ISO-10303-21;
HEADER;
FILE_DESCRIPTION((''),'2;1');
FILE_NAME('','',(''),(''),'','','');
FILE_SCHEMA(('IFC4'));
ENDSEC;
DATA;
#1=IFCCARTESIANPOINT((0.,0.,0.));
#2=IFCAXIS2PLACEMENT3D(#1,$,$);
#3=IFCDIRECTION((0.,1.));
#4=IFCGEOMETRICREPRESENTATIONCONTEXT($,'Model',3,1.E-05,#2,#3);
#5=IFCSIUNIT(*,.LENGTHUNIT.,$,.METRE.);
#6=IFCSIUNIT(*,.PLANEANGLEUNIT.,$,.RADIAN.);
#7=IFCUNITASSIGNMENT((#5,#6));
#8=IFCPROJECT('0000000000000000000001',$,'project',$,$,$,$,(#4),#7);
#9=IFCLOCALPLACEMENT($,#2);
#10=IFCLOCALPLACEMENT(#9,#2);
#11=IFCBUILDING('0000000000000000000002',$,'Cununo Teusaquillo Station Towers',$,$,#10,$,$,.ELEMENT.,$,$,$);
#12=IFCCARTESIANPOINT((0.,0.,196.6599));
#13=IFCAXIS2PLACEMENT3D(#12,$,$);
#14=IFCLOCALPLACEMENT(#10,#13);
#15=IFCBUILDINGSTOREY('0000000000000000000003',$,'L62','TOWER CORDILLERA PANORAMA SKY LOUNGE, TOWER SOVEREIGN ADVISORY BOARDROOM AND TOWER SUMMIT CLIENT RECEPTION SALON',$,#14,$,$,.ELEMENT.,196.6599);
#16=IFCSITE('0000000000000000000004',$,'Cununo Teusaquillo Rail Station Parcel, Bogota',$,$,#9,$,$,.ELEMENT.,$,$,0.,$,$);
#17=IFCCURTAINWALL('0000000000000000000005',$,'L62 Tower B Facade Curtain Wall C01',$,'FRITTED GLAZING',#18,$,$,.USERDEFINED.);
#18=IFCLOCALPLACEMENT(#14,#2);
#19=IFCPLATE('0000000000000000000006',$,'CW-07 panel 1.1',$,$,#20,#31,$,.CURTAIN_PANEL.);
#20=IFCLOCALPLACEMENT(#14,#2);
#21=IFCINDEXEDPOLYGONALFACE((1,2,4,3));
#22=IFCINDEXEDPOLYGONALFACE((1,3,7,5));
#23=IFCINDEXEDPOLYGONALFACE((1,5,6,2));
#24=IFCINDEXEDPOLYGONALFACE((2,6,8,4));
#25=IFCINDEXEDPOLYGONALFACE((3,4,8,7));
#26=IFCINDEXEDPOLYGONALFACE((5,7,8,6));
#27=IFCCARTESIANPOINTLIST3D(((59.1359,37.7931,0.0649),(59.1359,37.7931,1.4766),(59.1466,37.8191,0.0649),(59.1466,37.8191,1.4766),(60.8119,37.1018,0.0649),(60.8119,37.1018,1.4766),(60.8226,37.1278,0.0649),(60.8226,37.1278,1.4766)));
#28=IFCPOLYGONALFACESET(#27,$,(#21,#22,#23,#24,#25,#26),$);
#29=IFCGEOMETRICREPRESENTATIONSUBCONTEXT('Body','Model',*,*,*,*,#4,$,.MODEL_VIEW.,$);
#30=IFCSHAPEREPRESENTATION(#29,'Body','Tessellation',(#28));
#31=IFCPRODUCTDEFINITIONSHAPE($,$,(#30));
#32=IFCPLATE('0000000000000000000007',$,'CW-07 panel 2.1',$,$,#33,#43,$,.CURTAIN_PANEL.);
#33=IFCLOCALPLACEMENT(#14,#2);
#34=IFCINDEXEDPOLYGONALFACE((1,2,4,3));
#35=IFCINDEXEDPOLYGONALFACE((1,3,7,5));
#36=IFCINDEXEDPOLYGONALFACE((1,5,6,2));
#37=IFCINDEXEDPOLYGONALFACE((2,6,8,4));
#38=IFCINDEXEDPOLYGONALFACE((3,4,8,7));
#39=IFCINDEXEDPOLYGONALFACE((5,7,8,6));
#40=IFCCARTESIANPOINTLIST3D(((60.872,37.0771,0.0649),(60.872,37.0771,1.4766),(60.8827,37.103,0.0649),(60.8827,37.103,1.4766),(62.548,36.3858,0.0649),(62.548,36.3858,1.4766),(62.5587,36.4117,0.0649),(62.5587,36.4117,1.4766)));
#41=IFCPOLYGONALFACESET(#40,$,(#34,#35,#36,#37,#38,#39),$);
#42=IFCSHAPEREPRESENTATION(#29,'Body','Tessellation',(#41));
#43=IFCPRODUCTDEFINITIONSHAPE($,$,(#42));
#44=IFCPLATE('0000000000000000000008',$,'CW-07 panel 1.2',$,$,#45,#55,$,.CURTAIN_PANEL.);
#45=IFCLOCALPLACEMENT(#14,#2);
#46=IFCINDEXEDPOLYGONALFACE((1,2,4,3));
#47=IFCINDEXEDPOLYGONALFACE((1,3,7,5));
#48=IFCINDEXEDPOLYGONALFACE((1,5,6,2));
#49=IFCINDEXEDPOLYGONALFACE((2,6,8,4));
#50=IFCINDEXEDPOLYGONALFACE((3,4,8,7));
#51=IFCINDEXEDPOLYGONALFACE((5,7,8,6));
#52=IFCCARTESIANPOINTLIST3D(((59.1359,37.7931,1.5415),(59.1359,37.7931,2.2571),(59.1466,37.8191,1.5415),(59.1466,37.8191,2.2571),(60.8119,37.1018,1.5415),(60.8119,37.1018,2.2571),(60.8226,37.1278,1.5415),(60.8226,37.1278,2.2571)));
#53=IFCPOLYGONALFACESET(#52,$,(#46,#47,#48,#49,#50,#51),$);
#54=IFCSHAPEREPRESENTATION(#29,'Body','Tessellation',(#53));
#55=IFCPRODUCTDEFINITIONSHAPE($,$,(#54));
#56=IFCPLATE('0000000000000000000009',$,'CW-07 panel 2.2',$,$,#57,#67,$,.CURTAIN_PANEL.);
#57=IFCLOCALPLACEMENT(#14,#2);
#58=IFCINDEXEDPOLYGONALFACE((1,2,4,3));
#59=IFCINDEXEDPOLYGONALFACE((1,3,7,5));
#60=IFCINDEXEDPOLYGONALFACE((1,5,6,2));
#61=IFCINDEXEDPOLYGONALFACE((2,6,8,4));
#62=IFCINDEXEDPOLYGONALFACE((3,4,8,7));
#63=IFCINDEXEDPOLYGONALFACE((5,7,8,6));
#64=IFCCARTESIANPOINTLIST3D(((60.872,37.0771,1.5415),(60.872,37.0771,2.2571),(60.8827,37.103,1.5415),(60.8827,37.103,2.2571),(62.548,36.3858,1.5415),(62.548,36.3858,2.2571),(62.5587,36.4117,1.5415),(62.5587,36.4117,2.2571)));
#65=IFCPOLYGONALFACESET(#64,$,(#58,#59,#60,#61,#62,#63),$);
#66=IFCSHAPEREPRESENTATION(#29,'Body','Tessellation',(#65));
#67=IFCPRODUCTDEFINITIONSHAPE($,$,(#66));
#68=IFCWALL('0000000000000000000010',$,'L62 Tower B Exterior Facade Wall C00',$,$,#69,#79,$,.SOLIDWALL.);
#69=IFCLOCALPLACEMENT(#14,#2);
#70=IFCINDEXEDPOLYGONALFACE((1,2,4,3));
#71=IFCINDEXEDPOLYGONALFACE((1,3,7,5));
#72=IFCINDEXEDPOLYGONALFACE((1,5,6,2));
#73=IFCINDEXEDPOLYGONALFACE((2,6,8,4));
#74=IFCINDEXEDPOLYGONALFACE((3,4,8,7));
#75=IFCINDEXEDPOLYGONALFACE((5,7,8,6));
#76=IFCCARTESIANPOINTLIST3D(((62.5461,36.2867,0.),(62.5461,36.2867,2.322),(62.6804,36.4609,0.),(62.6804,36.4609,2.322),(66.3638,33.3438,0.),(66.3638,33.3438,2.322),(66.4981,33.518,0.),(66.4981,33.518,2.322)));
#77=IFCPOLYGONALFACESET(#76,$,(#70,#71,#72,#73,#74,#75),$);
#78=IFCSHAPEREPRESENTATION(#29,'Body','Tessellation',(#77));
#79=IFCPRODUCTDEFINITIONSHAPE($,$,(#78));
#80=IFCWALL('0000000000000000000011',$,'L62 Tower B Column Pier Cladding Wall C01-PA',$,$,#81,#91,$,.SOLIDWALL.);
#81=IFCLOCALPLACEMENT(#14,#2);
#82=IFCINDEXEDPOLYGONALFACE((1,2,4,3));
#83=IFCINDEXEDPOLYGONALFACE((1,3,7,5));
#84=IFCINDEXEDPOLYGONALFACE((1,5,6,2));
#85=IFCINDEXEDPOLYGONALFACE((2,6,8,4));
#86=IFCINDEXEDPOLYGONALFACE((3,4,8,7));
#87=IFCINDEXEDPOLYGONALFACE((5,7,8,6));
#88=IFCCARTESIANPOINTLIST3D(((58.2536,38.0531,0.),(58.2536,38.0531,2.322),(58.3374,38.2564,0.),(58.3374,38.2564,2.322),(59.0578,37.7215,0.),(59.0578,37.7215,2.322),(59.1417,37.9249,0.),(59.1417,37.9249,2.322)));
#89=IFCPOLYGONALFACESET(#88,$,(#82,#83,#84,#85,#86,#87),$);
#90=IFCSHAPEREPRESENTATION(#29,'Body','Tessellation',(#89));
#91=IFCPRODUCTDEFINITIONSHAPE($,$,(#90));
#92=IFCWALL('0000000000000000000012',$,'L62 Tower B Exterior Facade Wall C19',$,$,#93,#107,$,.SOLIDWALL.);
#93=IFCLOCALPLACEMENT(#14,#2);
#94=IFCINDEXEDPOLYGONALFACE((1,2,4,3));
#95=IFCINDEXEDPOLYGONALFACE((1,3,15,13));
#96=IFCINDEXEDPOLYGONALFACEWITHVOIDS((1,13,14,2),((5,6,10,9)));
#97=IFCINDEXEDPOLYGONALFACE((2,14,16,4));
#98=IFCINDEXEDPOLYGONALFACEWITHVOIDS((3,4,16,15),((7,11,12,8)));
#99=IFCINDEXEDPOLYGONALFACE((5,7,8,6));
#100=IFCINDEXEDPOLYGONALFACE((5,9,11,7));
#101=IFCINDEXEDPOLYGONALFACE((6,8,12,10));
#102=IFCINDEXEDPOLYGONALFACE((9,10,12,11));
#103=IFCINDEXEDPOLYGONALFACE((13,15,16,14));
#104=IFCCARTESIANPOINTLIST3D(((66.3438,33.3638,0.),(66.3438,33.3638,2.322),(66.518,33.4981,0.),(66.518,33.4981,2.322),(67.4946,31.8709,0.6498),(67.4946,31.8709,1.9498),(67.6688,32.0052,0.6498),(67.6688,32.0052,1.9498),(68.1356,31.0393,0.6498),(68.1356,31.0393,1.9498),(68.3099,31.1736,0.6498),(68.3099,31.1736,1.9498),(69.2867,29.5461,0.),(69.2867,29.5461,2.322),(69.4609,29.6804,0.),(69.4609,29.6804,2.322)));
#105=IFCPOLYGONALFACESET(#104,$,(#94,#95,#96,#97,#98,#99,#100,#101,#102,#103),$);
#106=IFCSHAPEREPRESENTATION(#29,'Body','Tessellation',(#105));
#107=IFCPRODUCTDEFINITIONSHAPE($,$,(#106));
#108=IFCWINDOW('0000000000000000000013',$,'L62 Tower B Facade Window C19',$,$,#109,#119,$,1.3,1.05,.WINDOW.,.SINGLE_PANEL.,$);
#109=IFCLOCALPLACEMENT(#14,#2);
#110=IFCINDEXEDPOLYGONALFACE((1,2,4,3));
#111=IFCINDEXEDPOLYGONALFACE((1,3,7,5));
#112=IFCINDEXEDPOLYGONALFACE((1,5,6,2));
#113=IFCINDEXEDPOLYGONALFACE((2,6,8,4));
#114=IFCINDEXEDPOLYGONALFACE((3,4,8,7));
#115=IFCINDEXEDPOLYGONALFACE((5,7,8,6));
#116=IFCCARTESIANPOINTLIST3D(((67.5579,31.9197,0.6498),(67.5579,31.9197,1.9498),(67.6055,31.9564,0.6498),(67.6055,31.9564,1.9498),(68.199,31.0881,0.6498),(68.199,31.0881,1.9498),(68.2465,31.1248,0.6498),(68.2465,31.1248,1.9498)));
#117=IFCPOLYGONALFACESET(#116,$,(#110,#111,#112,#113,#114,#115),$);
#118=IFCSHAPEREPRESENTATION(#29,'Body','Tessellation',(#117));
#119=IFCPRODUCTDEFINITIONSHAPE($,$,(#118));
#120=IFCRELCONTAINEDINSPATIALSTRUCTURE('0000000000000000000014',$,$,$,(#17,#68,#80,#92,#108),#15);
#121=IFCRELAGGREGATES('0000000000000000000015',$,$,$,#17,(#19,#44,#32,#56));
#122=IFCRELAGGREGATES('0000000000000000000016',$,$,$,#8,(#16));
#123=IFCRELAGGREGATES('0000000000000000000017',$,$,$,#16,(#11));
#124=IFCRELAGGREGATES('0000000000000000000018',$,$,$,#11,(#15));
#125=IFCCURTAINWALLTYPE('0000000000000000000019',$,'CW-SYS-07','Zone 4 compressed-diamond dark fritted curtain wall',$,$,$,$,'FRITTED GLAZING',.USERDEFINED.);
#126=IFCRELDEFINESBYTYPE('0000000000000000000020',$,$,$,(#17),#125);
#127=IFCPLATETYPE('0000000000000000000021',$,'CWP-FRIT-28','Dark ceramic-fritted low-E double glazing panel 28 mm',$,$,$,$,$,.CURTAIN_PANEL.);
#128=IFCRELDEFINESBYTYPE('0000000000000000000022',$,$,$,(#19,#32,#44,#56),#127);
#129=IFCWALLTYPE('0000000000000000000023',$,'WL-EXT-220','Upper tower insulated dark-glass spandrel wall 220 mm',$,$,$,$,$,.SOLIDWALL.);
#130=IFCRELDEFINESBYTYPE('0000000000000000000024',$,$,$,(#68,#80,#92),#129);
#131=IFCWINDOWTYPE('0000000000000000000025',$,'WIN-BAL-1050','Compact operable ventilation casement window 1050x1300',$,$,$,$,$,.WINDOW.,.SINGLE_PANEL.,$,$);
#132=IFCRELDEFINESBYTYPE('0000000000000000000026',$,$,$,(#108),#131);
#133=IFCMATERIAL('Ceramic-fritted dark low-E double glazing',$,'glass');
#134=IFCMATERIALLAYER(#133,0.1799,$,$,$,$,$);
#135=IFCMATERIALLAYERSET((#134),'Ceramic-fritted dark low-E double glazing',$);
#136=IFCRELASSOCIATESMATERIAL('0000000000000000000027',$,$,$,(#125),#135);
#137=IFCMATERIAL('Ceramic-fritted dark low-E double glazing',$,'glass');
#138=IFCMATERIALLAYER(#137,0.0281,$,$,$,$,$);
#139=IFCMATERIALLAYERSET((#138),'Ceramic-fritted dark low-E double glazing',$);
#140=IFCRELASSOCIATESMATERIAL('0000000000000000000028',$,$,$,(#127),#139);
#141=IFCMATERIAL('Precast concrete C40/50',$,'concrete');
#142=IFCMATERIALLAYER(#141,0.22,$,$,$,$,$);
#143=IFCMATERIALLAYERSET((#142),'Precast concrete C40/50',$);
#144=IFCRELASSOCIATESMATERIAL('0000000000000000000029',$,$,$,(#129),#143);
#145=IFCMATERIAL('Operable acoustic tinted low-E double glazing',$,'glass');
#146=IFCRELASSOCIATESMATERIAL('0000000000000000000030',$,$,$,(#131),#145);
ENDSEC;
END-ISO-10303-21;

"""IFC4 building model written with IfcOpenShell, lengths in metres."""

from ifc_helpers import new_model, si_unit, direction, frame, frame_2d, origin, origin_2d, place, context, subcontext, project, spatial, rectangle, extrude, source, transform, mapped, material, layer, layer_set, type_object, element, fill, aggregate, save


model = new_model("IFC4")

# Units and contexts
model_context = context("Model", 3, precision=1e-05, world=origin(), true_north=direction((0.0, 1.0)))
body_context = subcontext(model_context, "Body", "Model", "MODEL_VIEW")
ifc_project = project(units=[si_unit("LENGTHUNIT", "METRE"), si_unit("PLANEANGLEUNIT", "RADIAN")], contexts=[model_context])

# Site, building, storey
site_placement = place(None, origin())
site = spatial("IfcSite", under=ifc_project, at=site_placement, Name="Cununo Teusaquillo Rail Station Parcel, Bogota", CompositionType="ELEMENT", RefElevation=0.0)
building_placement = place(site_placement, origin())
building = spatial("IfcBuilding", under=site, at=building_placement, Name="Cununo Teusaquillo Station Towers", CompositionType="ELEMENT")
storey_placement = place(building_placement, frame((0.0, 0.0, 196.6599)))
storey = spatial("IfcBuildingStorey", under=building, at=storey_placement, Name="L62", Description="TOWER CORDILLERA PANORAMA SKY LOUNGE, TOWER SOVEREIGN ADVISORY BOARDROOM AND TOWER SUMMIT CLIENT RECEPTION SALON", CompositionType="ELEMENT", Elevation=196.6599)

# Curtain wall
ifc_material_1 = material(Name="Ceramic-fritted dark low-E double glazing", Category="glass")
ifc_layer_1 = layer(ifc_material_1, 0.1799)
ifc_layer_set_1 = layer_set([ifc_layer_1], Name="Ceramic-fritted dark low-E double glazing")
curtain_wall_type = type_object("IfcCurtainWallType", Name="CW-SYS-07", Description="Zone 4 compressed-diamond dark fritted curtain wall", ElementType="FRITTED GLAZING", PredefinedType="USERDEFINED", material=ifc_layer_set_1)
curtain_wall_placement = place(storey_placement, origin())
curtain_wall = element("IfcCurtainWall", 1, at=curtain_wall_placement, inside=storey, type_object=curtain_wall_type, Name="L62 Tower B Facade Curtain Wall C01", ObjectType="FRITTED GLAZING", PredefinedType="USERDEFINED")

# Plates
ifc_material_2 = material(Name="Ceramic-fritted dark low-E double glazing", Category="glass")
ifc_layer_2 = layer(ifc_material_2, 0.0281)
ifc_layer_set_2 = layer_set([ifc_layer_2], Name="Ceramic-fritted dark low-E double glazing")
plate_type_1 = type_object("IfcPlateType", Name="CWP-FRIT-28", Description="Dark ceramic-fritted low-E double glazing panel 28 mm", PredefinedType="CURTAIN_PANEL", material=ifc_layer_set_2)
shared_shape_1 = source(origin(), body_context, "Body", "SweptSolid", [
    extrude(rectangle(XDim=1.813, YDim=0.0281, at=origin_2d()), origin(), (0.0, 0.0, 1.0), 1.4116),
])
plate_1_placement = place(storey_placement, frame((59.9792, 37.4604, 0.0649), z_axis=(0.0, 0.0, 1.0), x_axis=(0.924447, -0.381311, 0.0)))
plate_1 = element("IfcPlate", 2, at=plate_1_placement, type_object=plate_type_1, Name="CW-07 panel 1.1", PredefinedType="CURTAIN_PANEL", context=body_context, shape_type="MappedRepresentation", body=[
    mapped(shared_shape_1, transform((0.0, 0.0, 0.0), x_axis=(1.0, 0.0, 0.0), y_axis=(0.0, 1.0, 0.0), z_axis=(0.0, 0.0, 1.0), scale=1.0)),
])
plate_2_placement = place(storey_placement, frame((61.7153, 36.7444, 0.0649), z_axis=(0.0, 0.0, 1.0), x_axis=(0.924447, -0.381311, 0.0)))
plate_2 = element("IfcPlate", 3, at=plate_2_placement, type_object=plate_type_1, Name="CW-07 panel 2.1", PredefinedType="CURTAIN_PANEL", context=body_context, shape_type="MappedRepresentation", body=[
    mapped(shared_shape_1, transform((0.0, 0.0, 0.0), x_axis=(1.0, 0.0, 0.0), y_axis=(0.0, 1.0, 0.0), z_axis=(0.0, 0.0, 1.0), scale=1.0)),
])
shared_shape_2 = source(origin(), body_context, "Body", "SweptSolid", [
    extrude(rectangle(XDim=1.813, YDim=0.0281, at=origin_2d()), origin(), (0.0, 0.0, 1.0), 0.7156),
])
plate_3_placement = place(storey_placement, frame((59.9792, 37.4604, 1.5415), z_axis=(0.0, 0.0, 1.0), x_axis=(0.924447, -0.381311, 0.0)))
plate_3 = element("IfcPlate", 4, at=plate_3_placement, type_object=plate_type_1, Name="CW-07 panel 1.2", PredefinedType="CURTAIN_PANEL", context=body_context, shape_type="MappedRepresentation", body=[
    mapped(shared_shape_2, transform((0.0, 0.0, 0.0), x_axis=(1.0, 0.0, 0.0), y_axis=(0.0, 1.0, 0.0), z_axis=(0.0, 0.0, 1.0), scale=1.0)),
])
plate_4_placement = place(storey_placement, frame((61.7153, 36.7444, 1.5415), z_axis=(0.0, 0.0, 1.0), x_axis=(0.924447, -0.381311, 0.0)))
plate_4 = element("IfcPlate", 5, at=plate_4_placement, type_object=plate_type_1, Name="CW-07 panel 2.2", PredefinedType="CURTAIN_PANEL", context=body_context, shape_type="MappedRepresentation", body=[
    mapped(shared_shape_2, transform((0.0, 0.0, 0.0), x_axis=(1.0, 0.0, 0.0), y_axis=(0.0, 1.0, 0.0), z_axis=(0.0, 0.0, 1.0), scale=1.0)),
])
aggregate(curtain_wall, [plate_1, plate_3, plate_2, plate_4])

# Walls
ifc_material_3 = material(Name="Precast concrete C40/50", Category="concrete")
ifc_layer_3 = layer(ifc_material_3, 0.22)
ifc_layer_set_3 = layer_set([ifc_layer_3], Name="Precast concrete C40/50")
wall_type = type_object("IfcWallType", Name="WL-EXT-220", Description="Upper tower insulated dark-glass spandrel wall 220 mm", PredefinedType="SOLIDWALL", material=ifc_layer_set_3)
wall_1_placement = place(storey_placement, frame((62.6133, 36.3738, 0.0), z_axis=(0.0, 0.0, 1.0), x_axis=(0.791998, -0.610523, 0.0)))
element("IfcWall", 6, at=wall_1_placement, inside=storey, type_object=wall_type, Name="L62 Tower B Exterior Facade Wall C00", PredefinedType="SOLIDWALL", context=body_context, shape_type="SweptSolid", body=[
    extrude(rectangle(XDim=4.8203, YDim=0.22, at=frame_2d((2.4102, 0.0))), origin(), (0.0, 0.0, 1.0), 2.322),
])
wall_2_placement = place(storey_placement, frame((58.2954, 38.1548, 0.0), z_axis=(0.0, 0.0, 1.0), x_axis=(0.924515, -0.381145, 0.0)))
element("IfcWall", 7, at=wall_2_placement, inside=storey, type_object=wall_type, Name="L62 Tower B Column Pier Cladding Wall C01-PA", PredefinedType="SOLIDWALL", context=body_context, shape_type="SweptSolid", body=[
    extrude(rectangle(XDim=0.8699, YDim=0.22, at=frame_2d((0.4351, 0.0))), origin(), (0.0, 0.0, 1.0), 2.322),
])

# Wall, opening, window
wall_3_placement = place(storey_placement, frame((66.4309, 33.4309, 0.0), z_axis=(0.0, 0.0, 1.0), x_axis=(0.610523, -0.791998, 0.0)))
wall_3 = element("IfcWall", 8, at=wall_3_placement, inside=storey, type_object=wall_type, Name="L62 Tower B Exterior Facade Wall C19", PredefinedType="SOLIDWALL", context=body_context, shape_type="SweptSolid", body=[
    extrude(rectangle(XDim=4.8203, YDim=0.22, at=frame_2d((2.4102, 0.0))), origin(), (0.0, 0.0, 1.0), 2.322),
])
shared_shape_3 = source(origin(), body_context, "Body", "SweptSolid", [
    extrude(rectangle(XDim=1.05, YDim=1.3, at=frame_2d((0.5249, 0.6499))), frame((0.0, 0.1199, 0.0), z_axis=(0.0, -1.0, 0.0), x_axis=(1.0, 0.0, 0.0)), (0.0, 0.0, 1.0), 0.24),
])
opening_placement = place(wall_3_placement, frame((1.885, 0.0, 0.6499)))
opening = element("IfcOpeningElement", 9, at=opening_placement, cuts=wall_3, PredefinedType="OPENING", context=body_context, shape_type="MappedRepresentation", body=[
    mapped(shared_shape_3, transform((0.0, 0.0, 0.0), x_axis=(1.0, 0.0, 0.0), y_axis=(0.0, 1.0, 0.0), z_axis=(0.0, 0.0, 1.0), scale=1.0)),
])
ifc_material_4 = material(Name="Operable acoustic tinted low-E double glazing", Category="glass")
window_type = type_object("IfcWindowType", Name="WIN-BAL-1050", Description="Compact operable ventilation casement window 1050x1300", PartitioningType="SINGLE_PANEL", PredefinedType="WINDOW", material=ifc_material_4)
shared_shape_4 = source(origin(), body_context, "Body", "SweptSolid", [
    extrude(rectangle(XDim=1.05, YDim=1.3, at=frame_2d((0.5249, 0.6499))), frame((0.0, 0.03, 0.0), z_axis=(0.0, -1.0, 0.0), x_axis=(1.0, 0.0, 0.0)), (0.0, 0.0, 1.0), 0.0601),
])
window_placement = place(opening_placement, origin())
window = element("IfcWindow", 10, at=window_placement, inside=storey, type_object=window_type, Name="L62 Tower B Facade Window C19", OverallHeight=1.3, OverallWidth=1.05, PartitioningType="SINGLE_PANEL", PredefinedType="WINDOW", context=body_context, shape_type="MappedRepresentation", body=[
    mapped(shared_shape_4, transform((0.0, 0.0, 0.0), x_axis=(1.0, 0.0, 0.0), y_axis=(0.0, 1.0, 0.0), z_axis=(0.0, 0.0, 1.0), scale=1.0)),
])
fill(opening, window)

save(model, "model.ifc")
